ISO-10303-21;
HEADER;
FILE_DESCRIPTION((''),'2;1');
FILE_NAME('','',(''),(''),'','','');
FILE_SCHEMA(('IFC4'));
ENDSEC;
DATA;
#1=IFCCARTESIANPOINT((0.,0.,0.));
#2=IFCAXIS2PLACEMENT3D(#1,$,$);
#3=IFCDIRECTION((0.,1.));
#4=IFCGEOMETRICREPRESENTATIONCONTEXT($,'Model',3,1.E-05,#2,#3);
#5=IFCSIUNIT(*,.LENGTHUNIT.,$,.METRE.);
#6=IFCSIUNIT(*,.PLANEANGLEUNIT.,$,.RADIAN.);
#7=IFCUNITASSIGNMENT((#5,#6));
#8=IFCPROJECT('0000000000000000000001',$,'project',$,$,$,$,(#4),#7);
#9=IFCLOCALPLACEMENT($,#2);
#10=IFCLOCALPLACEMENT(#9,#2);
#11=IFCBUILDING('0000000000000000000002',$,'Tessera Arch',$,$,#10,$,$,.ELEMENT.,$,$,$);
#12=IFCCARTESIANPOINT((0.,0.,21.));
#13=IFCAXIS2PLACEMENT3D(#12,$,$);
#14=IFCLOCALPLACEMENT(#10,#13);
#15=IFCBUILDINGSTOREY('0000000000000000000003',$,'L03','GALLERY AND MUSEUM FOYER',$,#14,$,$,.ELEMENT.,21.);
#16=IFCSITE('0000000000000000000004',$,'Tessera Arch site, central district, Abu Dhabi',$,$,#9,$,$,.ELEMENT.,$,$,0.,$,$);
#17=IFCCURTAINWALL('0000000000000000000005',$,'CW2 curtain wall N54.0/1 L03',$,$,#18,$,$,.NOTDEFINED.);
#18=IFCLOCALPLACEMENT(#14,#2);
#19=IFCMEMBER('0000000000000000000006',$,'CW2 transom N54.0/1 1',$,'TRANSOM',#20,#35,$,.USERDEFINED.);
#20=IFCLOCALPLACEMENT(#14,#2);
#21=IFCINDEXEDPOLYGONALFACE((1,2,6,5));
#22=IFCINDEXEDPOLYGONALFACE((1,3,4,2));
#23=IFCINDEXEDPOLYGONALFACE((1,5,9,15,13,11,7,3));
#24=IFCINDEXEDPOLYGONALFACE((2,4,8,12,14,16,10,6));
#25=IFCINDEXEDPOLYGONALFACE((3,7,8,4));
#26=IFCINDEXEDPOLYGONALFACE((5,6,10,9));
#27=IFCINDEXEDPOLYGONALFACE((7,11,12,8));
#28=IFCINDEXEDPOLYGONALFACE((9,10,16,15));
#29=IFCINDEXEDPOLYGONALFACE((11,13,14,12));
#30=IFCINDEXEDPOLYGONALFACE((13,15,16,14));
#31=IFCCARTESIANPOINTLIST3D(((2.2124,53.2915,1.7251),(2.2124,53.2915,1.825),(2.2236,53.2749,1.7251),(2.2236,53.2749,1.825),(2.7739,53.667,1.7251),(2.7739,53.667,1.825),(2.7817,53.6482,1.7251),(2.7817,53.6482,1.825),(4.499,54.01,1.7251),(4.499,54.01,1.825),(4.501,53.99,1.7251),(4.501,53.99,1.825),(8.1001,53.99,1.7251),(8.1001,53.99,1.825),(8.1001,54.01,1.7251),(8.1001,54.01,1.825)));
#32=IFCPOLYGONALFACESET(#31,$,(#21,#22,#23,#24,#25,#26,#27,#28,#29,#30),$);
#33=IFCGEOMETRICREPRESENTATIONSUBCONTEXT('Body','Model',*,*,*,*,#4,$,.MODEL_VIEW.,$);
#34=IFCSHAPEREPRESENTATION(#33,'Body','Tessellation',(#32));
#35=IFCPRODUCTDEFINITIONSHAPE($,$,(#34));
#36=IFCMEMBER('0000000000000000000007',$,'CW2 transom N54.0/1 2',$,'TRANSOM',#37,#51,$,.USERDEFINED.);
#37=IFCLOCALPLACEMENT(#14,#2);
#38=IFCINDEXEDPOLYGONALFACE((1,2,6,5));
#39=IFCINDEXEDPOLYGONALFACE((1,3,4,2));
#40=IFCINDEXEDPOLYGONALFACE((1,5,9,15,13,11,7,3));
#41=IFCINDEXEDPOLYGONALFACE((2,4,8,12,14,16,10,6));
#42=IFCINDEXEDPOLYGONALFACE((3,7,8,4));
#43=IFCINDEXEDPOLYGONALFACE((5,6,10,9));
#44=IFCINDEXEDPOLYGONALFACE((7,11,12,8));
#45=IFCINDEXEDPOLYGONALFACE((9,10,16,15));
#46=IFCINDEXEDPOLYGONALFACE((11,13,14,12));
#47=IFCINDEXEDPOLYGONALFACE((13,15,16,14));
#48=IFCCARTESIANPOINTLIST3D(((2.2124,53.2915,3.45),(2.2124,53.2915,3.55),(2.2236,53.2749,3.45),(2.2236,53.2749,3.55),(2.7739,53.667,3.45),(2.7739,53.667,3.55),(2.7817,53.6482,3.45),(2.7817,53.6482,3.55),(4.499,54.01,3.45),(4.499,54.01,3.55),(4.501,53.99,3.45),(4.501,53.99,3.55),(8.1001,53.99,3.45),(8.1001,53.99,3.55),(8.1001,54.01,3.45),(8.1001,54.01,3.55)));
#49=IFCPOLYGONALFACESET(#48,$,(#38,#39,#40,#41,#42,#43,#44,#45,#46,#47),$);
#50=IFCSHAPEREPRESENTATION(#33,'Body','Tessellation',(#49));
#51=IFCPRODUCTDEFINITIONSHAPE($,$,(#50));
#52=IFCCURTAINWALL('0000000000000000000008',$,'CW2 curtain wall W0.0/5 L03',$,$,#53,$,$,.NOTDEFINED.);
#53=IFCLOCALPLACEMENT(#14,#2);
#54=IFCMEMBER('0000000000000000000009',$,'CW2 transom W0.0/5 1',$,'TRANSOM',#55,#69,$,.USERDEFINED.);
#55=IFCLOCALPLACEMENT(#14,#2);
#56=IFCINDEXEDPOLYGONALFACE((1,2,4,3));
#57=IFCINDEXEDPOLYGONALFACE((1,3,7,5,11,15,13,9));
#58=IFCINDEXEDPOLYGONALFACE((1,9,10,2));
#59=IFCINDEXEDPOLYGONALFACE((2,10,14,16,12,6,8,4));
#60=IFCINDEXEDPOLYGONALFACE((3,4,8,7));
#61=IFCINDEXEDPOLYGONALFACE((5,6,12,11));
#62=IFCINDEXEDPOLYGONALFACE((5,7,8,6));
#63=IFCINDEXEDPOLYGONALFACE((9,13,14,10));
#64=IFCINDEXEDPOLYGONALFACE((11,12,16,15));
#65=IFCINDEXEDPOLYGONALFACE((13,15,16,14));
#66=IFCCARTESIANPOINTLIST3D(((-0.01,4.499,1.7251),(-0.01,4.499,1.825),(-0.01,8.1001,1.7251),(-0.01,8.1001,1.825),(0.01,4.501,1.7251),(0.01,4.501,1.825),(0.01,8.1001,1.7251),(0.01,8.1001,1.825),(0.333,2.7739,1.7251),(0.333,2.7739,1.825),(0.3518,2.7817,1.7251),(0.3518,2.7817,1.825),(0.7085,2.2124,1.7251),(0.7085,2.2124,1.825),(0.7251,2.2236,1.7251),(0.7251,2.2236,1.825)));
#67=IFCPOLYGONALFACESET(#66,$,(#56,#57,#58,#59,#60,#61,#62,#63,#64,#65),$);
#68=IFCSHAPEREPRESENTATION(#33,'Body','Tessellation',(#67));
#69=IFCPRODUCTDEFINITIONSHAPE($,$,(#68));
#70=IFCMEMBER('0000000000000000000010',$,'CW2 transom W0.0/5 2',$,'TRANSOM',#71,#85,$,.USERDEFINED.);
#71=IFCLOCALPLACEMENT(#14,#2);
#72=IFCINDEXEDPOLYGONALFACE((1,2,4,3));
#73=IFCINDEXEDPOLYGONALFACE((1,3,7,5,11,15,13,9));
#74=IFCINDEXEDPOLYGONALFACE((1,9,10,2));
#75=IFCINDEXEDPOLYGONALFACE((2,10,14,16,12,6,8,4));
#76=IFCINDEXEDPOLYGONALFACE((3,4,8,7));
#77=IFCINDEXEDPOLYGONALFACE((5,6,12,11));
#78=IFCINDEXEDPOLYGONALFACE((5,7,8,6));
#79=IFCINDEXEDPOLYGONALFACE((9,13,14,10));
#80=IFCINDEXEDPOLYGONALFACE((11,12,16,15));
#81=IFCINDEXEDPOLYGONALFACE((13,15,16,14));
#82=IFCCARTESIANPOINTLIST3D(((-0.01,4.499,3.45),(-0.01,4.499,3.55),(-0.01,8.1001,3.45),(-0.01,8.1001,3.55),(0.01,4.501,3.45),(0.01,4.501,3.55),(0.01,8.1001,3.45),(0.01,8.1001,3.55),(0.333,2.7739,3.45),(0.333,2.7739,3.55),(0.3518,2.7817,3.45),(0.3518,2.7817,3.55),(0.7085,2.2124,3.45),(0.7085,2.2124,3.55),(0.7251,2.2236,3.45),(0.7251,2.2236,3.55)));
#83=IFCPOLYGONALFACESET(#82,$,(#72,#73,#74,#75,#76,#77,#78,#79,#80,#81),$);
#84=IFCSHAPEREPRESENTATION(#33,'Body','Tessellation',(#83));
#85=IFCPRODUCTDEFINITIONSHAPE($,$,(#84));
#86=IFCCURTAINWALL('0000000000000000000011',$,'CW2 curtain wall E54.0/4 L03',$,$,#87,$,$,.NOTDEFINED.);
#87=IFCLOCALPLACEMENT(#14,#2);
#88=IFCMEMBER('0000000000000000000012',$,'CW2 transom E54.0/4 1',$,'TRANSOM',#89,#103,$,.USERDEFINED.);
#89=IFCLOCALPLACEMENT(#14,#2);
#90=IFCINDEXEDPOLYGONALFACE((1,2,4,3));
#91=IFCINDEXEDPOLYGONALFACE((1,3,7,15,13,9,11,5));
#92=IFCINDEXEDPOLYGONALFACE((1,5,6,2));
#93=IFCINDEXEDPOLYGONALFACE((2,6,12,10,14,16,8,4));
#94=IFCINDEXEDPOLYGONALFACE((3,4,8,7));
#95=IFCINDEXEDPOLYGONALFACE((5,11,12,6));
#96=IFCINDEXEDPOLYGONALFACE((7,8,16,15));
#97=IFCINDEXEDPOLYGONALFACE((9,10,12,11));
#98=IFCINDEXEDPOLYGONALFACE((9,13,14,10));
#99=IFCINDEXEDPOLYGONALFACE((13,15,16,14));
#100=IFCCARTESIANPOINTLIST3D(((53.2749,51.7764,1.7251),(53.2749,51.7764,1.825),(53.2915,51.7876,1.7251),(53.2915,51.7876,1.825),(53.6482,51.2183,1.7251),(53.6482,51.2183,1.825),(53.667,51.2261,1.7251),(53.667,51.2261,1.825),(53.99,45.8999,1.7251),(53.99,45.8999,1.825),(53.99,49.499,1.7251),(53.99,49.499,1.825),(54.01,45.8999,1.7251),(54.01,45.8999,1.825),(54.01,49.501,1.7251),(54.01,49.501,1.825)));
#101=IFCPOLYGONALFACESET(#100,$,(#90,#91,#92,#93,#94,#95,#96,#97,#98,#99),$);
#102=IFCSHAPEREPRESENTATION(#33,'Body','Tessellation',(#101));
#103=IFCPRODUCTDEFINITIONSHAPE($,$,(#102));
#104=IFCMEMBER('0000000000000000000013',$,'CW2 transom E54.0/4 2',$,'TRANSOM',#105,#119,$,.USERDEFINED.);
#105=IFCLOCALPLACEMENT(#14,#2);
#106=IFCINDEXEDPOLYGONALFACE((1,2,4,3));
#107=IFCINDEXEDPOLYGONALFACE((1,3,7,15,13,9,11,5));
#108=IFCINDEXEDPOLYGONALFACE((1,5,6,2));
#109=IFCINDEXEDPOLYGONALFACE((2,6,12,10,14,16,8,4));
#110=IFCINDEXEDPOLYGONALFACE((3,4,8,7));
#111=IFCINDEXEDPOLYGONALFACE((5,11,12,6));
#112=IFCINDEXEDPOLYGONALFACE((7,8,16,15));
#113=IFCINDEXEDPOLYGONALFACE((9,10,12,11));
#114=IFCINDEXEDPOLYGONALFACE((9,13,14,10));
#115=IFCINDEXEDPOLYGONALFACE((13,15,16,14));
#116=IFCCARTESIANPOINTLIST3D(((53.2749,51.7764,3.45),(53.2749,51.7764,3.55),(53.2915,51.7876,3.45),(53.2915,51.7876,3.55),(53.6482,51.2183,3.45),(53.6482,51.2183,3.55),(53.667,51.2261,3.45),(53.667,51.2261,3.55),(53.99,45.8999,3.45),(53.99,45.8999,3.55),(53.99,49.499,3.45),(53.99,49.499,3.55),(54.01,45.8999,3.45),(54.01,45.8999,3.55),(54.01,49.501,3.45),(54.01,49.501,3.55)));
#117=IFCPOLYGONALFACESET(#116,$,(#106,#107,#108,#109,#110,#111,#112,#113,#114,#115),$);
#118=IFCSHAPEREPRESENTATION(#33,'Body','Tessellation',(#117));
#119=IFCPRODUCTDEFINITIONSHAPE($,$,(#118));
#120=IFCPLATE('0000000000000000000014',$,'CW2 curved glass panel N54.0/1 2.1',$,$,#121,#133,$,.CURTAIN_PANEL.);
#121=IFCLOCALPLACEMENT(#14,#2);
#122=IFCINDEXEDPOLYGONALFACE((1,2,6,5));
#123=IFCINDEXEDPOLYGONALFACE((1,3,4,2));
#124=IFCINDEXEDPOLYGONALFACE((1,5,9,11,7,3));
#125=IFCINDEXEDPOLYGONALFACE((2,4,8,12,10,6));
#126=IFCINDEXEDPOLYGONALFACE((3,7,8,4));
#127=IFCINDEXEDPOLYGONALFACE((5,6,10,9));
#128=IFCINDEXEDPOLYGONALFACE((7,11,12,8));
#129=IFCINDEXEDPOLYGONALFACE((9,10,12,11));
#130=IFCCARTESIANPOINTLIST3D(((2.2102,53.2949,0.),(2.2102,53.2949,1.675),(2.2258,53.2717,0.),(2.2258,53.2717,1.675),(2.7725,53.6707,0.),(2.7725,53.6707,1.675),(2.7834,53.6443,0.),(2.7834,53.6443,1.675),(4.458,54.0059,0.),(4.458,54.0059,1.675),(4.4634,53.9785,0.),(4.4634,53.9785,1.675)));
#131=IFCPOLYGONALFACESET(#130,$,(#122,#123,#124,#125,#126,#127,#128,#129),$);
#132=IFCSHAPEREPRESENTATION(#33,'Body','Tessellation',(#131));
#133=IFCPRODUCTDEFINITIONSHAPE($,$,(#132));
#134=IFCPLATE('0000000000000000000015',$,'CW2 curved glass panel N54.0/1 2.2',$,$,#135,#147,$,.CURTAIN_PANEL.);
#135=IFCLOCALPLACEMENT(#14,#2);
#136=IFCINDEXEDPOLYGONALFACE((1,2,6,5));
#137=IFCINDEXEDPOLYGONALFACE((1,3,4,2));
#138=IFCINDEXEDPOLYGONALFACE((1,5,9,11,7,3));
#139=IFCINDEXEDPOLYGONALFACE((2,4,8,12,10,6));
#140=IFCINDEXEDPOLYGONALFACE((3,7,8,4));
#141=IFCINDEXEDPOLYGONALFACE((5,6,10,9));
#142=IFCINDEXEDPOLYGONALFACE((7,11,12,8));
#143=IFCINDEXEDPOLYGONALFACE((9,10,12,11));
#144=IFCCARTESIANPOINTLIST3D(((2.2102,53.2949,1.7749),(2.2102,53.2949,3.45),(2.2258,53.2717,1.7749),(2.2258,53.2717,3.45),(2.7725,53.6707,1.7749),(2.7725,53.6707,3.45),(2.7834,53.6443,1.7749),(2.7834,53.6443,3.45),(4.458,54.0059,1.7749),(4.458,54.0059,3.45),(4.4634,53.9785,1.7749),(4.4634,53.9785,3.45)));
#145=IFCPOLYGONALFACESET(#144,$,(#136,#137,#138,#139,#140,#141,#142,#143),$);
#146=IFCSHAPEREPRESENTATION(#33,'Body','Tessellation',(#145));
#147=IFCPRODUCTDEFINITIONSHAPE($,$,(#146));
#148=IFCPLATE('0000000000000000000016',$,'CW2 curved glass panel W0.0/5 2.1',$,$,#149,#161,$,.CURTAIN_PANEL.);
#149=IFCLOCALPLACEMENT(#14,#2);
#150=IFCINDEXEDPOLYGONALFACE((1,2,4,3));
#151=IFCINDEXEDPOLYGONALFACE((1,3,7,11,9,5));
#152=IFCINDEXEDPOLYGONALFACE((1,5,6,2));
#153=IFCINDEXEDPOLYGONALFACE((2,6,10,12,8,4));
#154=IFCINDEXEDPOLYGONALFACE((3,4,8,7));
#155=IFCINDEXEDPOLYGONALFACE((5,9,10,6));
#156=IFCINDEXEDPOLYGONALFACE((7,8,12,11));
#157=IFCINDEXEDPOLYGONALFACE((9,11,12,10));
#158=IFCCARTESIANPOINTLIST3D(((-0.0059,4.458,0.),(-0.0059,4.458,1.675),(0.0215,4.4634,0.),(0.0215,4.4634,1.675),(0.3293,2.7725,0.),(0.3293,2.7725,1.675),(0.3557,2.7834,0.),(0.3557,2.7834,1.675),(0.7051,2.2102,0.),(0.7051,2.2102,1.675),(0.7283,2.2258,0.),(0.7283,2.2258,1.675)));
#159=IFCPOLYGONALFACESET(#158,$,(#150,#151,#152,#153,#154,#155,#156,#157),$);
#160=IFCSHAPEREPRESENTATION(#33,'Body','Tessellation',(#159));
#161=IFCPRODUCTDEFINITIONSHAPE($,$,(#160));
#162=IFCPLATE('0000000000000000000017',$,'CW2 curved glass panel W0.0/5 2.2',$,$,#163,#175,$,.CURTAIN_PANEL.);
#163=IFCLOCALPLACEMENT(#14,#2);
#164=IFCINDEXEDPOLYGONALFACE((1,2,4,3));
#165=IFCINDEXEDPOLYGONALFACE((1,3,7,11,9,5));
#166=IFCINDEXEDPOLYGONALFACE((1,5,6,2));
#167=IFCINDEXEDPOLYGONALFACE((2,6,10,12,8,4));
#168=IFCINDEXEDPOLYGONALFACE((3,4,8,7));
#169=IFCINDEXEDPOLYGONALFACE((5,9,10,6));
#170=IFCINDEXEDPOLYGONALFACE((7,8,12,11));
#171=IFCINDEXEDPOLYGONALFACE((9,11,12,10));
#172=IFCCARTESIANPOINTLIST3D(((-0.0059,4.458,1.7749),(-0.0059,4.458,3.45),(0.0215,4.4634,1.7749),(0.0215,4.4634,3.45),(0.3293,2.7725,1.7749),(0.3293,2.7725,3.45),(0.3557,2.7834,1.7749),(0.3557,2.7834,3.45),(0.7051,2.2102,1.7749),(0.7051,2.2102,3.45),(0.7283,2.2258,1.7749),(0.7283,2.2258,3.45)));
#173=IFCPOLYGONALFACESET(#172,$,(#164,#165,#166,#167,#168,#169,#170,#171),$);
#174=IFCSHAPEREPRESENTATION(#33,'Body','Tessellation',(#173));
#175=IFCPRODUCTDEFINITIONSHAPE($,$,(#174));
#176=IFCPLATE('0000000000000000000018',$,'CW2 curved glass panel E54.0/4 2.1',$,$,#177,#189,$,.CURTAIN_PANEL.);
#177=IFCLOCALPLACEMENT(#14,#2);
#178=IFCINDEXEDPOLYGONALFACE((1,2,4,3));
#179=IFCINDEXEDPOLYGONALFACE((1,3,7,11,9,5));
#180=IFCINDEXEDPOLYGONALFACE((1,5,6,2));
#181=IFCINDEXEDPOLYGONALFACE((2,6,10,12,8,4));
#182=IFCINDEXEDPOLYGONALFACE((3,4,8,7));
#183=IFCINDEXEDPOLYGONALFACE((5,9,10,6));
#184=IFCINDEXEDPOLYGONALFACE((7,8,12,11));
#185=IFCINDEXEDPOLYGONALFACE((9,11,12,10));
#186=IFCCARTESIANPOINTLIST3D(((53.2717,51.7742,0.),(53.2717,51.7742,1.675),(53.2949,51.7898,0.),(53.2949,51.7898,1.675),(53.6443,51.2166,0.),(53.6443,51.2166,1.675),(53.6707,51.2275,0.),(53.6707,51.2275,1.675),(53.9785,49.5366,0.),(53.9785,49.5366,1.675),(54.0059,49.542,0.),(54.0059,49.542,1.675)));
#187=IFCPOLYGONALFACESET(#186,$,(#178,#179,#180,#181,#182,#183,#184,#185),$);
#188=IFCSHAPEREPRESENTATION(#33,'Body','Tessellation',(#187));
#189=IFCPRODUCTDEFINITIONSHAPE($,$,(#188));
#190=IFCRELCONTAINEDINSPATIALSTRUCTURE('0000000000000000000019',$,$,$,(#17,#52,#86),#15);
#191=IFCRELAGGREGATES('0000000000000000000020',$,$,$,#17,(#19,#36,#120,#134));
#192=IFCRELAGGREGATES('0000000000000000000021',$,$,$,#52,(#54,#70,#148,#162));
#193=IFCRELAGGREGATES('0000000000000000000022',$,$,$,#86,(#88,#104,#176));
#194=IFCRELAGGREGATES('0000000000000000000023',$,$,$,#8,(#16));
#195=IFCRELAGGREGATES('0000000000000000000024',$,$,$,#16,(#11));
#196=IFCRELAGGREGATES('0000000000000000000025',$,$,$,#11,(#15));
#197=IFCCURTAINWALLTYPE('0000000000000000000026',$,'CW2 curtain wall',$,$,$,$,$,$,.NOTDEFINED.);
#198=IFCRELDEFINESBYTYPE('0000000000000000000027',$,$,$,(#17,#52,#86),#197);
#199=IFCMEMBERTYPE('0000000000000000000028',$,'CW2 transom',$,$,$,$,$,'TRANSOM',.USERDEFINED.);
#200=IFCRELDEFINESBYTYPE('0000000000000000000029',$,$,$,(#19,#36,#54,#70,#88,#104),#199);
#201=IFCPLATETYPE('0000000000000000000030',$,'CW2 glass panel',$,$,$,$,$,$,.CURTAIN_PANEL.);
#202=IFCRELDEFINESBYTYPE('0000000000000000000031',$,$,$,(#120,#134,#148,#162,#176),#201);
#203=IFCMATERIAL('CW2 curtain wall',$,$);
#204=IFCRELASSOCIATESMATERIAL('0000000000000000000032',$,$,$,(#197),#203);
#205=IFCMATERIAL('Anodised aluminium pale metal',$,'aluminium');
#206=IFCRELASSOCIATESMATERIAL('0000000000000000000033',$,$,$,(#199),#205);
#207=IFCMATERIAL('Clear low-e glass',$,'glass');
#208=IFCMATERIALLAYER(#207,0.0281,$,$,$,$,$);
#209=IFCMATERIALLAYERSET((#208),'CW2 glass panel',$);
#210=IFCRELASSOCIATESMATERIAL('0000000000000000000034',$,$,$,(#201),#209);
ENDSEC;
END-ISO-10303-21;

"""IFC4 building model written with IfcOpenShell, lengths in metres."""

from ifc_helpers import new_model, si_unit, direction, frame, origin, origin_2d, place, context, subcontext, project, spatial, polyline, rectangle, outline, extrude, material, layer, layer_set, material_profile, profile_set, type_object, element, aggregate, save


model = new_model("IFC4")

# Units and contexts
model_context = context("Model", 3, precision=1e-05, world=origin(), true_north=direction((0.0, 1.0)))
body_context = subcontext(model_context, "Body", "Model", "MODEL_VIEW")
ifc_project = project(units=[si_unit("LENGTHUNIT", "METRE"), si_unit("PLANEANGLEUNIT", "RADIAN")], contexts=[model_context])

# Site, building, storey
site_placement = place(None, origin())
site = spatial("IfcSite", under=ifc_project, at=site_placement, Name="Tessera Arch site, central district, Abu Dhabi", CompositionType="ELEMENT", RefElevation=0.0)
building_placement = place(site_placement, origin())
building = spatial("IfcBuilding", under=site, at=building_placement, Name="Tessera Arch", CompositionType="ELEMENT")
storey_placement = place(building_placement, frame((0.0, 0.0, 21.0)))
storey = spatial("IfcBuildingStorey", under=building, at=storey_placement, Name="L03", Description="GALLERY AND MUSEUM FOYER", CompositionType="ELEMENT", Elevation=21.0)

# Curtain walls, members
ifc_material_1 = material(Name="CW2 curtain wall")
curtain_wall_type = type_object("IfcCurtainWallType", Name="CW2 curtain wall", PredefinedType="NOTDEFINED", material=ifc_material_1)
curtain_wall_1_placement = place(storey_placement, origin())
curtain_wall_1 = element("IfcCurtainWall", 1, at=curtain_wall_1_placement, inside=storey, type_object=curtain_wall_type, Name="CW2 curtain wall N54.0/1 L03", PredefinedType="NOTDEFINED")
ifc_material_2 = material(Name="Anodised aluminium pale metal", Category="aluminium")
ifc_material_profile = material_profile(ifc_material_2, rectangle(XDim=0.2, YDim=0.1001, at=origin_2d()), Name="AL 200x100")
ifc_profile_set = profile_set([ifc_material_profile], Name="Anodised aluminium pale metal")
member_type = type_object("IfcMemberType", Name="CW2 transom", ElementType="TRANSOM", PredefinedType="USERDEFINED", material=ifc_profile_set)
member_1_placement = place(storey_placement, frame((0.0, 0.0, 1.7251)))
member_1 = element("IfcMember", 2, at=member_1_placement, type_object=member_type, Name="CW2 transom N54.0/1 1", ObjectType="TRANSOM", PredefinedType="USERDEFINED", context=body_context, shape_type="SweptSolid", body=[
    extrude(outline(polyline([(4.501, 53.99), (8.1001, 53.99), (8.1001, 54.01), (4.499, 54.01), (2.7739, 53.667), (2.2124, 53.2915), (2.2236, 53.2749), (2.7817, 53.6482), (4.501, 53.99)])), origin(), (0.0, 0.0, 1.0), 0.0999),
])
member_2_placement = place(storey_placement, frame((0.0, 0.0, 3.45)))
member_2 = element("IfcMember", 3, at=member_2_placement, type_object=member_type, Name="CW2 transom N54.0/1 2", ObjectType="TRANSOM", PredefinedType="USERDEFINED", context=body_context, shape_type="SweptSolid", body=[
    extrude(outline(polyline([(4.501, 53.99), (8.1001, 53.99), (8.1001, 54.01), (4.499, 54.01), (2.7739, 53.667), (2.2124, 53.2915), (2.2236, 53.2749), (2.7817, 53.6482), (4.501, 53.99)])), origin(), (0.0, 0.0, 1.0), 0.1001),
])
curtain_wall_2_placement = place(storey_placement, origin())
curtain_wall_2 = element("IfcCurtainWall", 4, at=curtain_wall_2_placement, inside=storey, type_object=curtain_wall_type, Name="CW2 curtain wall W0.0/5 L03", PredefinedType="NOTDEFINED")
member_3_placement = place(storey_placement, frame((0.0, 0.0, 1.7251)))
member_3 = element("IfcMember", 5, at=member_3_placement, type_object=member_type, Name="CW2 transom W0.0/5 1", ObjectType="TRANSOM", PredefinedType="USERDEFINED", context=body_context, shape_type="SweptSolid", body=[
    extrude(outline(polyline([(0.01, 4.501), (0.01, 8.1001), (-0.01, 8.1001), (-0.01, 4.499), (0.333, 2.7739), (0.7085, 2.2124), (0.7251, 2.2236), (0.3518, 2.7817), (0.01, 4.501)])), origin(), (0.0, 0.0, 1.0), 0.0999),
])
member_4_placement = place(storey_placement, frame((0.0, 0.0, 3.45)))
member_4 = element("IfcMember", 6, at=member_4_placement, type_object=member_type, Name="CW2 transom W0.0/5 2", ObjectType="TRANSOM", PredefinedType="USERDEFINED", context=body_context, shape_type="SweptSolid", body=[
    extrude(outline(polyline([(0.01, 4.501), (0.01, 8.1001), (-0.01, 8.1001), (-0.01, 4.499), (0.333, 2.7739), (0.7085, 2.2124), (0.7251, 2.2236), (0.3518, 2.7817), (0.01, 4.501)])), origin(), (0.0, 0.0, 1.0), 0.1001),
])
curtain_wall_3_placement = place(storey_placement, origin())
curtain_wall_3 = element("IfcCurtainWall", 7, at=curtain_wall_3_placement, inside=storey, type_object=curtain_wall_type, Name="CW2 curtain wall E54.0/4 L03", PredefinedType="NOTDEFINED")
member_5_placement = place(storey_placement, frame((0.0, 0.0, 1.7251)))
member_5 = element("IfcMember", 8, at=member_5_placement, type_object=member_type, Name="CW2 transom E54.0/4 1", ObjectType="TRANSOM", PredefinedType="USERDEFINED", context=body_context, shape_type="SweptSolid", body=[
    extrude(outline(polyline([(53.99, 49.499), (53.99, 45.8999), (54.01, 45.8999), (54.01, 49.501), (53.667, 51.2261), (53.2915, 51.7876), (53.2749, 51.7764), (53.6482, 51.2183), (53.99, 49.499)])), origin(), (0.0, 0.0, 1.0), 0.0999),
])
member_6_placement = place(storey_placement, frame((0.0, 0.0, 3.45)))
member_6 = element("IfcMember", 9, at=member_6_placement, type_object=member_type, Name="CW2 transom E54.0/4 2", ObjectType="TRANSOM", PredefinedType="USERDEFINED", context=body_context, shape_type="SweptSolid", body=[
    extrude(outline(polyline([(53.99, 49.499), (53.99, 45.8999), (54.01, 45.8999), (54.01, 49.501), (53.667, 51.2261), (53.2915, 51.7876), (53.2749, 51.7764), (53.6482, 51.2183), (53.99, 49.499)])), origin(), (0.0, 0.0, 1.0), 0.1001),
])

# Plates
ifc_material_3 = material(Name="Clear low-e glass", Category="glass")
ifc_layer_1 = layer(ifc_material_3, 0.0281)
ifc_layer_set_1 = layer_set([ifc_layer_1], Name="CW2 glass panel")
plate_type_1 = type_object("IfcPlateType", Name="CW2 glass panel", PredefinedType="CURTAIN_PANEL", material=ifc_layer_set_1)
plate_1_placement = place(storey_placement, origin())
plate_1 = element("IfcPlate", 10, at=plate_1_placement, type_object=plate_type_1, Name="CW2 curved glass panel N54.0/1 2.1", PredefinedType="CURTAIN_PANEL", context=body_context, shape_type="SweptSolid", body=[
    extrude(outline(polyline([(2.7834, 53.6443), (4.4634, 53.9785), (4.458, 54.0059), (2.7725, 53.6707), (2.2102, 53.2949), (2.2258, 53.2717), (2.7834, 53.6443)])), origin(), (0.0, 0.0, 1.0), 1.675),
])
plate_2_placement = place(storey_placement, frame((0.0, 0.0, 1.7749)))
plate_2 = element("IfcPlate", 11, at=plate_2_placement, type_object=plate_type_1, Name="CW2 curved glass panel N54.0/1 2.2", PredefinedType="CURTAIN_PANEL", context=body_context, shape_type="SweptSolid", body=[
    extrude(outline(polyline([(2.7834, 53.6443), (4.4634, 53.9785), (4.458, 54.0059), (2.7725, 53.6707), (2.2102, 53.2949), (2.2258, 53.2717), (2.7834, 53.6443)])), origin(), (0.0, 0.0, 1.0), 1.675),
])
plate_3_placement = place(storey_placement, origin())
plate_3 = element("IfcPlate", 12, at=plate_3_placement, type_object=plate_type_1, Name="CW2 curved glass panel W0.0/5 2.1", PredefinedType="CURTAIN_PANEL", context=body_context, shape_type="SweptSolid", body=[
    extrude(outline(polyline([(0.3557, 2.7834), (0.0215, 4.4634), (-0.0059, 4.458), (0.3293, 2.7725), (0.7051, 2.2102), (0.7283, 2.2258), (0.3557, 2.7834)])), origin(), (0.0, 0.0, 1.0), 1.675),
])
plate_4_placement = place(storey_placement, frame((0.0, 0.0, 1.7749)))
plate_4 = element("IfcPlate", 13, at=plate_4_placement, type_object=plate_type_1, Name="CW2 curved glass panel W0.0/5 2.2", PredefinedType="CURTAIN_PANEL", context=body_context, shape_type="SweptSolid", body=[
    extrude(outline(polyline([(0.3557, 2.7834), (0.0215, 4.4634), (-0.0059, 4.458), (0.3293, 2.7725), (0.7051, 2.2102), (0.7283, 2.2258), (0.3557, 2.7834)])), origin(), (0.0, 0.0, 1.0), 1.675),
])
plate_5_placement = place(storey_placement, origin())
plate_5 = element("IfcPlate", 14, at=plate_5_placement, type_object=plate_type_1, Name="CW2 curved glass panel E54.0/4 2.1", PredefinedType="CURTAIN_PANEL", context=body_context, shape_type="SweptSolid", body=[
    extrude(outline(polyline([(53.6443, 51.2166), (53.9785, 49.5366), (54.0059, 49.542), (53.6707, 51.2275), (53.2949, 51.7898), (53.2717, 51.7742), (53.6443, 51.2166)])), origin(), (0.0, 0.0, 1.0), 1.675),
])
aggregate(curtain_wall_1, [member_1, member_2, plate_1, plate_2])
aggregate(curtain_wall_2, [member_3, member_4, plate_3, plate_4])
aggregate(curtain_wall_3, [member_5, member_6, plate_5])

save(model, "model.ifc")
